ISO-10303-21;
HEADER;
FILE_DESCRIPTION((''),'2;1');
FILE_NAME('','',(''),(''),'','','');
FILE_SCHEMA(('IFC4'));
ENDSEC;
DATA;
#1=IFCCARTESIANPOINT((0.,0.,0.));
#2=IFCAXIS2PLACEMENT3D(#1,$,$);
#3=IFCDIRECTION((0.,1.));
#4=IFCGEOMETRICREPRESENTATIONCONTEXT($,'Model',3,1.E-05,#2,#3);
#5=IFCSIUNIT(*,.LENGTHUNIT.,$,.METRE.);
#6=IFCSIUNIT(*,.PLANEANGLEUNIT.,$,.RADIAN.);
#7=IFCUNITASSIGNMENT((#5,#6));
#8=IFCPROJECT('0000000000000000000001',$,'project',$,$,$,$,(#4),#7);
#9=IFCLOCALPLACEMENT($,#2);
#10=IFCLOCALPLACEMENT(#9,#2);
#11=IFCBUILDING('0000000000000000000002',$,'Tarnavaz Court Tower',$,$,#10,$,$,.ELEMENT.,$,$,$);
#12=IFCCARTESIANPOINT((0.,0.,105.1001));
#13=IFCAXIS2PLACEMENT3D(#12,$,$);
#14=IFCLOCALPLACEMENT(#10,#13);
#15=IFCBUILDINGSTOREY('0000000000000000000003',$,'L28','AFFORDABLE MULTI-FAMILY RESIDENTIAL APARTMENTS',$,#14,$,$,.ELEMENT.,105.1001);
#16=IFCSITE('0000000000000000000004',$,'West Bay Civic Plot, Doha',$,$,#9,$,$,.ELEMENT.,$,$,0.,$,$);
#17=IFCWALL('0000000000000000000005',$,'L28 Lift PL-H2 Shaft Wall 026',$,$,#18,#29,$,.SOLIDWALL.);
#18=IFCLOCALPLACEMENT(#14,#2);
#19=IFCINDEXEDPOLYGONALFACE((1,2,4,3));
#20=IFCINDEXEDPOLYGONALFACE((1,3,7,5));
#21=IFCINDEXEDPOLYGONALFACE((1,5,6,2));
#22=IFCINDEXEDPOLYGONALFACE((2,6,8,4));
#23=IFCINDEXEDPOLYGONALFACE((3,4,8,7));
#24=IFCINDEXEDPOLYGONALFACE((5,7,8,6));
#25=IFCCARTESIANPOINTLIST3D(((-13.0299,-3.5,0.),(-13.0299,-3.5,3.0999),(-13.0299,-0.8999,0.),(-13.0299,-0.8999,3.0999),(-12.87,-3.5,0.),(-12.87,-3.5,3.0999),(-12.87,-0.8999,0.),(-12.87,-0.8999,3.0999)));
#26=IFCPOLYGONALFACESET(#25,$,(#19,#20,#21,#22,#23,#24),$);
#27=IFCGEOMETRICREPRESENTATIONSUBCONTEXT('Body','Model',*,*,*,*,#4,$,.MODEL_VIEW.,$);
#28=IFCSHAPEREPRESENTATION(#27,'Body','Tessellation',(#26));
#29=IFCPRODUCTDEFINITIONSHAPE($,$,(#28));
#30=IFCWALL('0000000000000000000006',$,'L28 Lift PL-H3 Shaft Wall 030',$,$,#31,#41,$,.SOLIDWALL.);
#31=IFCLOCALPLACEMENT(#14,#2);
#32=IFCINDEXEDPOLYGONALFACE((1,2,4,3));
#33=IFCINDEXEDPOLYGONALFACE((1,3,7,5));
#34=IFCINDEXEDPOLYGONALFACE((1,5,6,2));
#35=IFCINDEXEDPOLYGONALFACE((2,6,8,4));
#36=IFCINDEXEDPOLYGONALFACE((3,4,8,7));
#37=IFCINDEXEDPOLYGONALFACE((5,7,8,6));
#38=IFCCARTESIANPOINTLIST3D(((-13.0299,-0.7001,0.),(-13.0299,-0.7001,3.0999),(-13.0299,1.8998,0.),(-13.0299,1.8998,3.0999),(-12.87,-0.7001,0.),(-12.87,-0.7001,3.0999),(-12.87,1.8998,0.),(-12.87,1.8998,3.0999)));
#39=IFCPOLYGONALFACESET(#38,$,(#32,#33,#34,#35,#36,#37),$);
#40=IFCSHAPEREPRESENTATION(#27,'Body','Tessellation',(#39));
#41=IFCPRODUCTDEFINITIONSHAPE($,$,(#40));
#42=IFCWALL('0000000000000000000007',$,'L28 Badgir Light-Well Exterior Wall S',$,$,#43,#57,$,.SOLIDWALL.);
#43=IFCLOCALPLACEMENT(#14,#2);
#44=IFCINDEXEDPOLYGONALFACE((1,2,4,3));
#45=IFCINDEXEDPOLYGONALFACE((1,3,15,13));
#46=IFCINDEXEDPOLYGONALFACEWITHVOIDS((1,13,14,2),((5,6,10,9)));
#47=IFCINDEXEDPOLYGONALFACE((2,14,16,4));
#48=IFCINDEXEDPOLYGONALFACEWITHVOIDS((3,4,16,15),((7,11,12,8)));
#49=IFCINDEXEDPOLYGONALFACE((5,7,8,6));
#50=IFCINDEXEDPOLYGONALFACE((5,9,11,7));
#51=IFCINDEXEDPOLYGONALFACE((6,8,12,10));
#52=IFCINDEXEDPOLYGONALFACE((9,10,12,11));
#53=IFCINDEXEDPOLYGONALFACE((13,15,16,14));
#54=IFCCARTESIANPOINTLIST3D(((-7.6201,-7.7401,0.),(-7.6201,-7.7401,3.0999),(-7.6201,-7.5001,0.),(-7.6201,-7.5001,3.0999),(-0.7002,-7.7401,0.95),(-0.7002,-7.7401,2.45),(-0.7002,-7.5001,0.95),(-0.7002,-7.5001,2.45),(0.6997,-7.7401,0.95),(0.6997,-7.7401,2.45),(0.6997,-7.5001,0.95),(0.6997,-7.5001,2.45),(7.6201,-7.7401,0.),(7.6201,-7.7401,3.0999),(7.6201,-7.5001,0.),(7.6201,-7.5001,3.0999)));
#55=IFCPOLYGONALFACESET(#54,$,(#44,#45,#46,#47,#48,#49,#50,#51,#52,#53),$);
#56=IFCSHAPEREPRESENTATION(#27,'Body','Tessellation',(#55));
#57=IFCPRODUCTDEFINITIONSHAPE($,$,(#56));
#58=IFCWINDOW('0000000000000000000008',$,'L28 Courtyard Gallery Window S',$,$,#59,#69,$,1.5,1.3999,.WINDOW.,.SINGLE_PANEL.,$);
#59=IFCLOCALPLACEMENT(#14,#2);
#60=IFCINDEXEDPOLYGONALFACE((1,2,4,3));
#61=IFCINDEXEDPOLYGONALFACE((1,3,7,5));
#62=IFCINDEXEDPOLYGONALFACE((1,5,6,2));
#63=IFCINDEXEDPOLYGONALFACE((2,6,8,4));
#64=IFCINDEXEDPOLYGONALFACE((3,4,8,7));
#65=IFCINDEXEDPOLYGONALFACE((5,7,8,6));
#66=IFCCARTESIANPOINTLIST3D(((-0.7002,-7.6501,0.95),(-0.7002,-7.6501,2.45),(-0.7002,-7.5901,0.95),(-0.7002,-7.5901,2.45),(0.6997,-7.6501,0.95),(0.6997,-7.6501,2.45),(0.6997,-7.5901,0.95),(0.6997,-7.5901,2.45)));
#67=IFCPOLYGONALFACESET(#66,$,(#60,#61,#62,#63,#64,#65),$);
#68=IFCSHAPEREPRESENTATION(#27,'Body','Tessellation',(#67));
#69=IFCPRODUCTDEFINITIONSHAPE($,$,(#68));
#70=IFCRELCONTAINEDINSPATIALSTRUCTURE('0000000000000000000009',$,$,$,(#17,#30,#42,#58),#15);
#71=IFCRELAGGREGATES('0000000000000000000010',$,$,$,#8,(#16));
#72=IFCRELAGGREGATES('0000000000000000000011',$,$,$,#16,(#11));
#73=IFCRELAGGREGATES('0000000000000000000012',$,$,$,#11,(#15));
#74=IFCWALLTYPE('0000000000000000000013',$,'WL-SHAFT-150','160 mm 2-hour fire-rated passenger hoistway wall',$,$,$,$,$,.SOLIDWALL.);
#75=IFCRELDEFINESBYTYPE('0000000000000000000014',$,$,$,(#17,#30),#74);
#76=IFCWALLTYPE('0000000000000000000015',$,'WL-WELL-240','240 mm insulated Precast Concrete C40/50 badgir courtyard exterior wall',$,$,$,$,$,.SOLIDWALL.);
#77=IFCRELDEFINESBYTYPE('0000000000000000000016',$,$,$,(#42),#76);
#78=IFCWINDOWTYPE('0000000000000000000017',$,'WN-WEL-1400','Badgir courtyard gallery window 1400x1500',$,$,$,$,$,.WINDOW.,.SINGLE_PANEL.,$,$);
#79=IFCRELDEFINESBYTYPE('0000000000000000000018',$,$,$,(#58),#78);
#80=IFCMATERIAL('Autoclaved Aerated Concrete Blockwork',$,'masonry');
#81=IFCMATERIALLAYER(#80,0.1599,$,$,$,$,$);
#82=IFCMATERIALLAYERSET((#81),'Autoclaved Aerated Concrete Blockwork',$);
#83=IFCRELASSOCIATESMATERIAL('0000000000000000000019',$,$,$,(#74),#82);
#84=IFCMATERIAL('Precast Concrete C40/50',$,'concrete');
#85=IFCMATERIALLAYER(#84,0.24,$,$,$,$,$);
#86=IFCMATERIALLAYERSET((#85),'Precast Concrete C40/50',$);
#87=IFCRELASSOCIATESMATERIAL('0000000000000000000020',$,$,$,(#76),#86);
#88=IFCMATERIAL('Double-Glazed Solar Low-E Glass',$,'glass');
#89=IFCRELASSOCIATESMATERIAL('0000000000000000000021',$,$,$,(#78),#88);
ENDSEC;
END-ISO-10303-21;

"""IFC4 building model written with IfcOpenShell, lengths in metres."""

from ifc_helpers import new_model, si_unit, direction, frame, frame_2d, origin, place, context, subcontext, project, spatial, rectangle, extrude, material, layer, layer_set, type_object, element, fill, save


model = new_model("IFC4")

# Units and contexts
model_context = context("Model", 3, precision=1e-05, world=origin(), true_north=direction((0.0, 1.0)))
body_context = subcontext(model_context, "Body", "Model", "MODEL_VIEW")
ifc_project = project(units=[si_unit("LENGTHUNIT", "METRE"), si_unit("PLANEANGLEUNIT", "RADIAN")], contexts=[model_context])

# Site, building, storey
site_placement = place(None, origin())
site = spatial("IfcSite", under=ifc_project, at=site_placement, Name="West Bay Civic Plot, Doha", CompositionType="ELEMENT", RefElevation=0.0)
building_placement = place(site_placement, origin())
building = spatial("IfcBuilding", under=site, at=building_placement, Name="Tarnavaz Court Tower", CompositionType="ELEMENT")
storey_placement = place(building_placement, frame((0.0, 0.0, 105.1001)))
storey = spatial("IfcBuildingStorey", under=building, at=storey_placement, Name="L28", Description="AFFORDABLE MULTI-FAMILY RESIDENTIAL APARTMENTS", CompositionType="ELEMENT", Elevation=105.1001)

# Walls
ifc_material_1 = material(Name="Autoclaved Aerated Concrete Blockwork", Category="masonry")
ifc_layer_1 = layer(ifc_material_1, 0.1599)
ifc_layer_set_1 = layer_set([ifc_layer_1], Name="Autoclaved Aerated Concrete Blockwork")
wall_type_1 = type_object("IfcWallType", Name="WL-SHAFT-150", Description="160 mm 2-hour fire-rated passenger hoistway wall", PredefinedType="SOLIDWALL", material=ifc_layer_set_1)
for number, where, z_axis, x_axis, name in (
    (1, (-12.95, -3.5, 0.0), (0.0, 0.0, 1.0), (0.0, 1.0, 0.0), "L28 Lift PL-H2 Shaft Wall 026"),
):
    element("IfcWall", number, at=place(storey_placement, frame(where, z_axis=z_axis, x_axis=x_axis)), inside=storey, type_object=wall_type_1, Name=name, PredefinedType="SOLIDWALL", context=body_context, shape_type="SweptSolid", body=[
        extrude(rectangle(XDim=2.6001, YDim=0.1599, at=frame_2d((1.3, 0.0))), origin(), (0.0, 0.0, 1.0), 3.0999),
    ])
wall_1_placement = place(storey_placement, frame((-12.95, -0.7, 0.0), z_axis=(0.0, 0.0, 1.0), x_axis=(0.0, 1.0, 0.0)))
element("IfcWall", 2, at=wall_1_placement, inside=storey, type_object=wall_type_1, Name="L28 Lift PL-H3 Shaft Wall 030", PredefinedType="SOLIDWALL", context=body_context, shape_type="SweptSolid", body=[
    extrude(rectangle(XDim=2.5999, YDim=0.1599, at=frame_2d((1.2998, 0.0))), origin(), (0.0, 0.0, 1.0), 3.0999),
])

# Wall, opening, window
ifc_material_2 = material(Name="Precast Concrete C40/50", Category="concrete")
ifc_layer_2 = layer(ifc_material_2, 0.24)
ifc_layer_set_2 = layer_set([ifc_layer_2], Name="Precast Concrete C40/50")
wall_type_2 = type_object("IfcWallType", Name="WL-WELL-240", Description="240 mm insulated Precast Concrete C40/50 badgir courtyard exterior wall", PredefinedType="SOLIDWALL", material=ifc_layer_set_2)
wall_2_placement = place(storey_placement, frame((-7.6201, -7.6201, 0.0), z_axis=(0.0, 0.0, 1.0), x_axis=(1.0, 0.0, 0.0)))
wall_2 = element("IfcWall", 3, at=wall_2_placement, inside=storey, type_object=wall_type_2, Name="L28 Badgir Light-Well Exterior Wall S", PredefinedType="SOLIDWALL", context=body_context, shape_type="SweptSolid", body=[
    extrude(rectangle(XDim=15.2402, YDim=0.24, at=frame_2d((7.6201, 0.0))), origin(), (0.0, 0.0, 1.0), 3.0999),
])
opening_1_placement = place(wall_2_placement, frame((6.9199, 0.0, 0.95)))
opening_1 = element("IfcOpeningElement", 4, at=opening_1_placement, cuts=wall_2, PredefinedType="OPENING", context=body_context, shape_type="SweptSolid", body=[
    extrude(rectangle(XDim=1.3999, YDim=1.5, at=frame_2d((0.7, 0.75))), frame((0.0, 0.1299, 0.0), z_axis=(0.0, -1.0, 0.0), x_axis=(1.0, 0.0, 0.0)), (0.0, 0.0, 1.0), 0.26),
])
ifc_material_3 = material(Name="Double-Glazed Solar Low-E Glass", Category="glass")
window_type = type_object("IfcWindowType", Name="WN-WEL-1400", Description="Badgir courtyard gallery window 1400x1500", PartitioningType="SINGLE_PANEL", PredefinedType="WINDOW", material=ifc_material_3)
window_placement = place(opening_1_placement, origin())
window = element("IfcWindow", 5, at=window_placement, inside=storey, type_object=window_type, Name="L28 Courtyard Gallery Window S", OverallHeight=1.5, OverallWidth=1.3999, PartitioningType="SINGLE_PANEL", PredefinedType="WINDOW", context=body_context, shape_type="SweptSolid", body=[
    extrude(rectangle(XDim=1.3999, YDim=1.5, at=frame_2d((0.7, 0.75))), frame((0.0, 0.03, 0.0), z_axis=(0.0, -1.0, 0.0), x_axis=(1.0, 0.0, 0.0)), (0.0, 0.0, 1.0), 0.0601),
])
fill(opening_1, window)

save(model, "model.ifc")
